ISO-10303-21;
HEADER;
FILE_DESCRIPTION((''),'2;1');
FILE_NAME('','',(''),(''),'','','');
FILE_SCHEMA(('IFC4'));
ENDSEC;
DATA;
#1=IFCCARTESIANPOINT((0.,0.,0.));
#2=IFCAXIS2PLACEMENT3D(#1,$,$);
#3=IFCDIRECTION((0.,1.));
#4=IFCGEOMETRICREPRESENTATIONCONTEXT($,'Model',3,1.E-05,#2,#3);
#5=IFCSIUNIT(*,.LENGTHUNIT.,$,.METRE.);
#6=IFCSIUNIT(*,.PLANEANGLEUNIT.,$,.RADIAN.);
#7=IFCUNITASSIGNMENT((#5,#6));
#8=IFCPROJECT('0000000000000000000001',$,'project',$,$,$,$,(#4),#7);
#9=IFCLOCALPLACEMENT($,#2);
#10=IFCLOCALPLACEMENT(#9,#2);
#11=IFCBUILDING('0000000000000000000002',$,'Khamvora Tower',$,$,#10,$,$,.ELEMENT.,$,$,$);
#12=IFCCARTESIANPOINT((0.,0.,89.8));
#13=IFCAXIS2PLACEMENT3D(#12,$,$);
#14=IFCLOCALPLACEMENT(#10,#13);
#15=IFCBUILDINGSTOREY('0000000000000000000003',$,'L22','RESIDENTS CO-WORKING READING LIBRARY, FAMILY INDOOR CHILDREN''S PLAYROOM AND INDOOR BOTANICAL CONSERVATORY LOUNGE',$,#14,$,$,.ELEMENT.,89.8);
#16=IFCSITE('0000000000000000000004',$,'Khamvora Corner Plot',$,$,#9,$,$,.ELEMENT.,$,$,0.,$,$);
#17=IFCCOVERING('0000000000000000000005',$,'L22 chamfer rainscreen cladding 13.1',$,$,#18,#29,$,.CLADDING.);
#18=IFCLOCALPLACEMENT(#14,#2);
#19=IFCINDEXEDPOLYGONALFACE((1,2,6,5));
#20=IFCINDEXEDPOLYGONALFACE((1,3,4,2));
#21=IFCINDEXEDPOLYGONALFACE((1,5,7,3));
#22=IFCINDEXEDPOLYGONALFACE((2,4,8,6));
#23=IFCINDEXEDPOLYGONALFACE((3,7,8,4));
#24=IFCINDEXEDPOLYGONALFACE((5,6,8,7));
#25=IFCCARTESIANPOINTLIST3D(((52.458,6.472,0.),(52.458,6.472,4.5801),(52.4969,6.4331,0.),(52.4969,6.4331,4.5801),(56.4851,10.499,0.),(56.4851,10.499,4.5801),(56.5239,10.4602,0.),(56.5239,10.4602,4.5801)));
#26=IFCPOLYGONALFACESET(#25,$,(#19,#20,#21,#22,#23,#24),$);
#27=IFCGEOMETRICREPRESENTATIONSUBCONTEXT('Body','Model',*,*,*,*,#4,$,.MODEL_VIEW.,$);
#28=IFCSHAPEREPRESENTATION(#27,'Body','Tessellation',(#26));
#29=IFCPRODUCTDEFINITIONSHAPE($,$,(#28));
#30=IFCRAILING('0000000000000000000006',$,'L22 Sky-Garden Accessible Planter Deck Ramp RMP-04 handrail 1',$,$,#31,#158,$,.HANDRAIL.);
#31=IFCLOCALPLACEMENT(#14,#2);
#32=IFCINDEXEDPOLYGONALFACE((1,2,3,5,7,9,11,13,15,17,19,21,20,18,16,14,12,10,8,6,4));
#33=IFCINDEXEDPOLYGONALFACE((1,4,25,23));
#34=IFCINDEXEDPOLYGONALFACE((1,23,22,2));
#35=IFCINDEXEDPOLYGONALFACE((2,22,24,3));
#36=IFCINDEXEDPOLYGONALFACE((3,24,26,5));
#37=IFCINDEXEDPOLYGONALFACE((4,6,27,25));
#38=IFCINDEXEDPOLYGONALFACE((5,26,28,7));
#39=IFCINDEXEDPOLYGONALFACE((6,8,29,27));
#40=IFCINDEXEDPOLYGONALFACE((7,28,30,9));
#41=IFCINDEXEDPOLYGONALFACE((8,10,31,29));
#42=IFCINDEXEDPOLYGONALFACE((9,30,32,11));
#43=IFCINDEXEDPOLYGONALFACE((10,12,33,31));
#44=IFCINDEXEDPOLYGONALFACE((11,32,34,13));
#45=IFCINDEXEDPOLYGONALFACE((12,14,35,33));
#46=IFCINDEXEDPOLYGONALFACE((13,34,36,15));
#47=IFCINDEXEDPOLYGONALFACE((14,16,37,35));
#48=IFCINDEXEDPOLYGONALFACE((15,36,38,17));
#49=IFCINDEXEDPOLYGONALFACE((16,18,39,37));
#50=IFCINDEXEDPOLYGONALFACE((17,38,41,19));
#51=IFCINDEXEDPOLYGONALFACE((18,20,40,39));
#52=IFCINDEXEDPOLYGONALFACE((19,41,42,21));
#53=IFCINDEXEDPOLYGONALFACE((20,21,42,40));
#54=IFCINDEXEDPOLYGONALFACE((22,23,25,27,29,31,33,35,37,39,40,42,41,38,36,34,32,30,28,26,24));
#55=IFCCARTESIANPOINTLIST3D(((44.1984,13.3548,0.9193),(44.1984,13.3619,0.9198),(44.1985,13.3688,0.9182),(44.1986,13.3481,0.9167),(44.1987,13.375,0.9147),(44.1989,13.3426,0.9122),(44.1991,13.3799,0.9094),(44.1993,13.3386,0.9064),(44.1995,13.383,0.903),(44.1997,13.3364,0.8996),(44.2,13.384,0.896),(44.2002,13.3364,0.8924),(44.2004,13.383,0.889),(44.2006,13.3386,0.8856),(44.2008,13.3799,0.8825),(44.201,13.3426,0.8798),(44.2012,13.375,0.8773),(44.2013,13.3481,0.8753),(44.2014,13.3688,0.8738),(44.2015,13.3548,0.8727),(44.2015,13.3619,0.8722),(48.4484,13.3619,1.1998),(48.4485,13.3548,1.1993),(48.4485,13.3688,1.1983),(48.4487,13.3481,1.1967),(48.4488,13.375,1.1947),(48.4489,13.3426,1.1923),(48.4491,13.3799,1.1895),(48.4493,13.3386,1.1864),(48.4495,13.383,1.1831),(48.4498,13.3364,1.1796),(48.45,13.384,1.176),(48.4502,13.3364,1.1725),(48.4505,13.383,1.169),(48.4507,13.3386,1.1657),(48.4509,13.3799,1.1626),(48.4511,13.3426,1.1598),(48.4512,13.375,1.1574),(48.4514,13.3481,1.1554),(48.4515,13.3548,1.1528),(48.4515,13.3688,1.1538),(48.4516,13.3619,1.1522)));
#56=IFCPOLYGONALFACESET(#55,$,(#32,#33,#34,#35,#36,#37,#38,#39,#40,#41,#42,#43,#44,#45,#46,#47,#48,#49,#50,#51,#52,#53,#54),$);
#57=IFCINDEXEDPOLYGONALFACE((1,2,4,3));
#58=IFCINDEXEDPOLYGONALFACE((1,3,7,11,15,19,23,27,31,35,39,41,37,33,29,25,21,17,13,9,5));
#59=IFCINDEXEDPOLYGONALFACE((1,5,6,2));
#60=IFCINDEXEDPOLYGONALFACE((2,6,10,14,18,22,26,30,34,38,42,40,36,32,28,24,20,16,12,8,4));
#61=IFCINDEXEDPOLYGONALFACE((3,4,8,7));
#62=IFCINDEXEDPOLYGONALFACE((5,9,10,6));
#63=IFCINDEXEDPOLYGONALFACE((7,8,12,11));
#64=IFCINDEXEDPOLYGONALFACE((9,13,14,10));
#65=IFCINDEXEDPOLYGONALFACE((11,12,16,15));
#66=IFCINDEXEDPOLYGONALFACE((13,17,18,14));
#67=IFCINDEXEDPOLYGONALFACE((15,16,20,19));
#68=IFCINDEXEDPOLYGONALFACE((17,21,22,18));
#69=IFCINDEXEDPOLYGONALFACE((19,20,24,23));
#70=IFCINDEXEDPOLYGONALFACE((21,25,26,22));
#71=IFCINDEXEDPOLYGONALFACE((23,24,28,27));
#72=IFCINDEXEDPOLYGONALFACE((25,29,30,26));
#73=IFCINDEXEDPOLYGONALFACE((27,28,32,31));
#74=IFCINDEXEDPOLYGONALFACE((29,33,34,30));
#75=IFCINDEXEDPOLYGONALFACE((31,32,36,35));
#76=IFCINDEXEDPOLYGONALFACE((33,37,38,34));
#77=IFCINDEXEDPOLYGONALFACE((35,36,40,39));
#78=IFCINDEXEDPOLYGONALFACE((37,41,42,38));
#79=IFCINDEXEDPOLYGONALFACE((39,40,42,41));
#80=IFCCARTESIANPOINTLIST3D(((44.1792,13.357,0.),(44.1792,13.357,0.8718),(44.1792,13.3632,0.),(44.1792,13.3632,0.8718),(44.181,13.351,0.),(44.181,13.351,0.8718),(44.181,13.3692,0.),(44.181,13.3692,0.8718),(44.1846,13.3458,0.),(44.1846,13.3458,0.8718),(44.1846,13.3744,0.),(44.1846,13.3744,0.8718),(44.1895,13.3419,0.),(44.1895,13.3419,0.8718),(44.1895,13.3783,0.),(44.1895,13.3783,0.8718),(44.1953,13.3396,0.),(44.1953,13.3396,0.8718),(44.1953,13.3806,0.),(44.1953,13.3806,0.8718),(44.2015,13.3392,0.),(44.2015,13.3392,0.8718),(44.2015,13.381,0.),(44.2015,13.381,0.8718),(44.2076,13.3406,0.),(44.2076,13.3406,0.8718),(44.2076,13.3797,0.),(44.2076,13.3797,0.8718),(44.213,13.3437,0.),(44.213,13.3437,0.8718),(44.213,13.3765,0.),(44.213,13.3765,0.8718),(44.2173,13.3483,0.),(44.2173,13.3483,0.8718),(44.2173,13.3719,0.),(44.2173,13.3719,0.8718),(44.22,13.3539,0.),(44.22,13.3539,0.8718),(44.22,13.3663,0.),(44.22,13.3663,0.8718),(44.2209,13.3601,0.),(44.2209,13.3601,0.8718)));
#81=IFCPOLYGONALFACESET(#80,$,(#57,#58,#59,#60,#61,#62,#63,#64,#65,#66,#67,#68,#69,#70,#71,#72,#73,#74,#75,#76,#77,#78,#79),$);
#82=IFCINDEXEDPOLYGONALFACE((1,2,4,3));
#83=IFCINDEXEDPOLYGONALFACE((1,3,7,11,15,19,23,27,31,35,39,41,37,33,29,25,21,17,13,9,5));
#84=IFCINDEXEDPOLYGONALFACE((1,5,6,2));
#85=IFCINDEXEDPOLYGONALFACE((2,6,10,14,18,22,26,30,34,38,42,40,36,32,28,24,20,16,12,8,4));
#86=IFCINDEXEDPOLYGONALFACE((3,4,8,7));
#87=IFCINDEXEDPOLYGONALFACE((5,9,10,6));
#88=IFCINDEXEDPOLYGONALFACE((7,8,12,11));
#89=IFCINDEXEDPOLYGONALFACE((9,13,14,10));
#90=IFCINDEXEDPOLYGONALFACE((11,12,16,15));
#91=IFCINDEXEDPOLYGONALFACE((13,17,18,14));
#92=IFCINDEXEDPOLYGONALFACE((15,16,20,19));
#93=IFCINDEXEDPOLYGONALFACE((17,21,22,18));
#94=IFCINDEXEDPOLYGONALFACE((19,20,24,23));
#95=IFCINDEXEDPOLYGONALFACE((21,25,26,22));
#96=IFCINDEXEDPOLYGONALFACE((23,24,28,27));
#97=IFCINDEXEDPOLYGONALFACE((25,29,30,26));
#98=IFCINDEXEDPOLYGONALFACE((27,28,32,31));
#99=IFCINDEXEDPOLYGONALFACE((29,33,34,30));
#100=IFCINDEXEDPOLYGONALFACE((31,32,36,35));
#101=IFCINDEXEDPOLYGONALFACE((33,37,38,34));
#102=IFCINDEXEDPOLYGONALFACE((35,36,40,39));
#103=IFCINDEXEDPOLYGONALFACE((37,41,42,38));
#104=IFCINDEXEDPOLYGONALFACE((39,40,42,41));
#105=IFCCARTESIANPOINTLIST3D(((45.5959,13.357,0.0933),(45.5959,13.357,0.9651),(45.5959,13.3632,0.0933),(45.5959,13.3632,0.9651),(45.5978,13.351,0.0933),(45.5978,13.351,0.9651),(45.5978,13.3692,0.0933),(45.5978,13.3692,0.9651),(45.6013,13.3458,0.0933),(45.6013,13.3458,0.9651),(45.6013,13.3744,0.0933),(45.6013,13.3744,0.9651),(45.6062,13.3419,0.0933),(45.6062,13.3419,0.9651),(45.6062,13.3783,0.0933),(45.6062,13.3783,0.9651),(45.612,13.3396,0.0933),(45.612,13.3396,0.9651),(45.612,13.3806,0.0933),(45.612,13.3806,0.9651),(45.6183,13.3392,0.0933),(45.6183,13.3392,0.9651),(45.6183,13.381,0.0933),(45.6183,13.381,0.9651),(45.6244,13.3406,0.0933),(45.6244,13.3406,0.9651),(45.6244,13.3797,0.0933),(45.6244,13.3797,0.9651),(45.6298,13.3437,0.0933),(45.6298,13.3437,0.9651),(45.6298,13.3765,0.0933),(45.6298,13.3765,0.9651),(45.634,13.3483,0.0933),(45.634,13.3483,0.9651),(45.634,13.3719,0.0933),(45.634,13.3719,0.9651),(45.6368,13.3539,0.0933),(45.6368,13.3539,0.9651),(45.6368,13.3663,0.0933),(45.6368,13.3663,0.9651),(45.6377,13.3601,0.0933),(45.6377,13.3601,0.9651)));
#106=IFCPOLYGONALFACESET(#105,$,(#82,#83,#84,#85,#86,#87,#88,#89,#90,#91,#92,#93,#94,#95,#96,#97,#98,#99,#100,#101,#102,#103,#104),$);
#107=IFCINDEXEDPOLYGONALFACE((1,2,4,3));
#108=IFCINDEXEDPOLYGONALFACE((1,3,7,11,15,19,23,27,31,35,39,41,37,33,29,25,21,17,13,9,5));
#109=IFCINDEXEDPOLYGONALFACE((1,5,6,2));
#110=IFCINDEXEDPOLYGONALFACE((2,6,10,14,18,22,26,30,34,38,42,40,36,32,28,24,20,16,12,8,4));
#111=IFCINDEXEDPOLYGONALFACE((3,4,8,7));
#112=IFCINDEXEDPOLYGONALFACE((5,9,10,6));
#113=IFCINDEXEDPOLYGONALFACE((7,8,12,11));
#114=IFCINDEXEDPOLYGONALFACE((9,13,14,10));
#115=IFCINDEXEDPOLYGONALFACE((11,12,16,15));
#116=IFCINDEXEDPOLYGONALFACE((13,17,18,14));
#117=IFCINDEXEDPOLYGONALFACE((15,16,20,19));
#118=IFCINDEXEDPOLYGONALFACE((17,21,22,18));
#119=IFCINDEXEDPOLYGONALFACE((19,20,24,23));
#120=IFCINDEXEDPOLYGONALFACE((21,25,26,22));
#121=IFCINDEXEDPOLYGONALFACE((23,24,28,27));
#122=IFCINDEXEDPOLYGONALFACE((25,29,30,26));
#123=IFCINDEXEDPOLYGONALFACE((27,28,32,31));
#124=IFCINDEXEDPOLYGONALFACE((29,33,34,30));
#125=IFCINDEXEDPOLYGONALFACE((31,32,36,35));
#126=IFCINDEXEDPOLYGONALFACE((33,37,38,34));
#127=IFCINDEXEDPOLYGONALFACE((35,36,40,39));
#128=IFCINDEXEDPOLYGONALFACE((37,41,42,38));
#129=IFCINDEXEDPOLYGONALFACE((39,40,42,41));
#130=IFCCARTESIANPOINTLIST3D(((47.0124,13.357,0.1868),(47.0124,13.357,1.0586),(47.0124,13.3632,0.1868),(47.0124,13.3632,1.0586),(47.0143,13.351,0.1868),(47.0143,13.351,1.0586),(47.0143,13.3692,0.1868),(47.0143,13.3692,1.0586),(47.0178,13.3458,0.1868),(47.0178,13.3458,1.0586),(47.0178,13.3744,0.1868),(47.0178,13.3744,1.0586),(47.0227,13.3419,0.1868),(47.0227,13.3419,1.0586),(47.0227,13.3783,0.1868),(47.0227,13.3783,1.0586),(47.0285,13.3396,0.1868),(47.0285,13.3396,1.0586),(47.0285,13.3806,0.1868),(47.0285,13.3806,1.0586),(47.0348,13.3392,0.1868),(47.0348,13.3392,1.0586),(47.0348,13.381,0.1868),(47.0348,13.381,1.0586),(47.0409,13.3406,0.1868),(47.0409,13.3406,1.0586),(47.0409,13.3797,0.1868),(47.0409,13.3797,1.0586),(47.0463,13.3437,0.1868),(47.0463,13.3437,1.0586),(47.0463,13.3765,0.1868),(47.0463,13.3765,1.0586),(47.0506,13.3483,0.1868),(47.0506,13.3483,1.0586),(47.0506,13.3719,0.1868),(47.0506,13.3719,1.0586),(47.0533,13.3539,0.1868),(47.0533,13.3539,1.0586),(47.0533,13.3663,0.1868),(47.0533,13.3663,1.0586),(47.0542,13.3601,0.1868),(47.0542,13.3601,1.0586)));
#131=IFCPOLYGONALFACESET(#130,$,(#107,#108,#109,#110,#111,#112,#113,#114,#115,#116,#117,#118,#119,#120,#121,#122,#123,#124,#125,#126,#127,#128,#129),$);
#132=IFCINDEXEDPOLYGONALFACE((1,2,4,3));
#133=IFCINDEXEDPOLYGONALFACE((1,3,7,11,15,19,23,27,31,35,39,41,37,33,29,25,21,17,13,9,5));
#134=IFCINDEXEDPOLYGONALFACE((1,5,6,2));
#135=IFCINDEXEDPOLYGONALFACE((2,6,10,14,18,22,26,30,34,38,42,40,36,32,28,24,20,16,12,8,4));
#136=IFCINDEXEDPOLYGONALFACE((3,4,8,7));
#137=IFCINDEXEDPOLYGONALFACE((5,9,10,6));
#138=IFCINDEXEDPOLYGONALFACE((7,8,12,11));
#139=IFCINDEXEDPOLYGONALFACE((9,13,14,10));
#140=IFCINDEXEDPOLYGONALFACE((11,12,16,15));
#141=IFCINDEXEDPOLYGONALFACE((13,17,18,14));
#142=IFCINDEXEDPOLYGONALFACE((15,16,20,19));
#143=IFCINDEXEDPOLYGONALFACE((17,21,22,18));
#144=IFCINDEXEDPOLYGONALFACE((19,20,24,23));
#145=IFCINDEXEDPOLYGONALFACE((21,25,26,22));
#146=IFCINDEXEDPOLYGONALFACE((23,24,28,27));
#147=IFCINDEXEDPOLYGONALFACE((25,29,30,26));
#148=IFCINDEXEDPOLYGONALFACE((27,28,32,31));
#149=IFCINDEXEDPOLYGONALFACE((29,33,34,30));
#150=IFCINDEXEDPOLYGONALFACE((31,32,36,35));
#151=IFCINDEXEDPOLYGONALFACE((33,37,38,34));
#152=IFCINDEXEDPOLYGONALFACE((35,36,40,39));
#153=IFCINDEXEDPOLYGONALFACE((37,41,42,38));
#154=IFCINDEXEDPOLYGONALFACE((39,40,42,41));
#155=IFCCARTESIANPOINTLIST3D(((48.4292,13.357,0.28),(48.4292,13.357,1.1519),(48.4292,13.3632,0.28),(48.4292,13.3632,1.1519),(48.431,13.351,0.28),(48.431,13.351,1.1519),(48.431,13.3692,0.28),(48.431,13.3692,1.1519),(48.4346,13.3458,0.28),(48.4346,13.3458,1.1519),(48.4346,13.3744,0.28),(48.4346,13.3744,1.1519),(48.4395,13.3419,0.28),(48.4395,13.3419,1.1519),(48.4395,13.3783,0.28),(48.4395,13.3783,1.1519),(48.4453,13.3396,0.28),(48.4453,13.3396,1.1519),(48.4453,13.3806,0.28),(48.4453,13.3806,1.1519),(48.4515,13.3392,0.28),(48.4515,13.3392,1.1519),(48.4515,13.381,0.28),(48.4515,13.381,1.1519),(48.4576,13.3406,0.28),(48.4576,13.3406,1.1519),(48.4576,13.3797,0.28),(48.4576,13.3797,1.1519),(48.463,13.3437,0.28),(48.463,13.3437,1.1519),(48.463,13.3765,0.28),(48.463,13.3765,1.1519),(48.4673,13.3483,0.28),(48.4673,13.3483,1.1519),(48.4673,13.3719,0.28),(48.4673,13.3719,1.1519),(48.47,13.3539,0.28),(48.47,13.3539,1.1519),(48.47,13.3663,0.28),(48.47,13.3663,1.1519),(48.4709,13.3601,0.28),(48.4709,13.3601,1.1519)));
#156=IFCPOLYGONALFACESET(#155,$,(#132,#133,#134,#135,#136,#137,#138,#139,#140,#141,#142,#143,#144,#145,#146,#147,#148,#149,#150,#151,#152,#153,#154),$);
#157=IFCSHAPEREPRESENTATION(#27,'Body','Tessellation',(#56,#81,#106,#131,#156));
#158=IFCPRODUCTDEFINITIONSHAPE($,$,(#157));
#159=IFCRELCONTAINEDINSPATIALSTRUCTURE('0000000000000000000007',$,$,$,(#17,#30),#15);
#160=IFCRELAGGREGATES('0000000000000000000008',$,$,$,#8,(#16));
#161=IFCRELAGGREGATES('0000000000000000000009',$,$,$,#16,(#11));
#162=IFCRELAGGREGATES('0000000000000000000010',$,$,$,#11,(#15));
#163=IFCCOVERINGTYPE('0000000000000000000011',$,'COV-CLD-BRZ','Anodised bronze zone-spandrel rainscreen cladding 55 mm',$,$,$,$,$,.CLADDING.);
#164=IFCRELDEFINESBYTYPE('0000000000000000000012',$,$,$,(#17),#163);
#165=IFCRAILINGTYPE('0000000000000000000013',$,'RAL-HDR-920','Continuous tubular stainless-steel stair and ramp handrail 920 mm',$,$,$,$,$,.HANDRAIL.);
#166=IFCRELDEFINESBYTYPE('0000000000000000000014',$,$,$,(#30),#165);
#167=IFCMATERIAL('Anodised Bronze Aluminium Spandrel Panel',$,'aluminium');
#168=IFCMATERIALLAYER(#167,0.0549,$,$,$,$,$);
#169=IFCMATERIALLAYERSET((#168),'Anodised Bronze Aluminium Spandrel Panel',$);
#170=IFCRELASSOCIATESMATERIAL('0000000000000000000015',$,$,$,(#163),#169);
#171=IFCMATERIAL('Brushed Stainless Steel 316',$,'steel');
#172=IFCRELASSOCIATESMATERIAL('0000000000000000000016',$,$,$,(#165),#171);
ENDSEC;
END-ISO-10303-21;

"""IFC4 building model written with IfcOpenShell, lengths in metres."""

from ifc_helpers import new_model, si_unit, direction, frame, origin, origin_2d, place, context, subcontext, project, spatial, rectangle, circle, extrude, material, layer, layer_set, type_object, element, save


model = new_model("IFC4")

# Units and contexts
model_context = context("Model", 3, precision=1e-05, world=origin(), true_north=direction((0.0, 1.0)))
body_context = subcontext(model_context, "Body", "Model", "MODEL_VIEW")
ifc_project = project(units=[si_unit("LENGTHUNIT", "METRE"), si_unit("PLANEANGLEUNIT", "RADIAN")], contexts=[model_context])

# Site, building, storey
site_placement = place(None, origin())
site = spatial("IfcSite", under=ifc_project, at=site_placement, Name="Khamvora Corner Plot", CompositionType="ELEMENT", RefElevation=0.0)
building_placement = place(site_placement, origin())
building = spatial("IfcBuilding", under=site, at=building_placement, Name="Khamvora Tower", CompositionType="ELEMENT")
storey_placement = place(building_placement, frame((0.0, 0.0, 89.8)))
storey = spatial("IfcBuildingStorey", under=building, at=storey_placement, Name="L22", Description="RESIDENTS CO-WORKING READING LIBRARY, FAMILY INDOOR CHILDREN'S PLAYROOM AND INDOOR BOTANICAL CONSERVATORY LOUNGE", CompositionType="ELEMENT", Elevation=89.8)

# Covering
ifc_material_1 = material(Name="Anodised Bronze Aluminium Spandrel Panel", Category="aluminium")
ifc_layer_1 = layer(ifc_material_1, 0.0549)
ifc_layer_set_1 = layer_set([ifc_layer_1], Name="Anodised Bronze Aluminium Spandrel Panel")
covering_type = type_object("IfcCoveringType", Name="COV-CLD-BRZ", Description="Anodised bronze zone-spandrel rainscreen cladding 55 mm", PredefinedType="CLADDING", material=ifc_layer_set_1)
covering_placement = place(storey_placement, frame((54.491, 8.4661, 0.0), z_axis=(0.0, 0.0, 1.0), x_axis=(-0.707107, -0.707107, 0.0)))
element("IfcCovering", 1, at=covering_placement, inside=storey, type_object=covering_type, Name="L22 chamfer rainscreen cladding 13.1", PredefinedType="CLADDING", context=body_context, shape_type="SweptSolid", body=[
    extrude(rectangle(XDim=5.6951, YDim=0.0549, at=origin_2d()), origin(), (0.0, 0.0, 1.0), 4.5801),
])

# Railing
ifc_material_2 = material(Name="Brushed Stainless Steel 316", Category="steel")
railing_type_1 = type_object("IfcRailingType", Name="RAL-HDR-920", Description="Continuous tubular stainless-steel stair and ramp handrail 920 mm", PredefinedType="HANDRAIL", material=ifc_material_2)
for number, where, name in (
    (2, (44.2, 13.3601, 0.0), "L22 Sky-Garden Accessible Planter Deck Ramp RMP-04 handrail 1"),
):
    element("IfcRailing", number, at=place(storey_placement, frame(where)), inside=storey, type_object=railing_type_1, Name=name, PredefinedType="HANDRAIL", context=body_context, shape_type="SweptSolid", body=[
        extrude(circle(Radius=0.0239, at=origin_2d()), frame((0.0, 0.0, 0.896), z_axis=(0.997836, 0.0, 0.065747), x_axis=(0.0, 1.0, 0.0)), (0.0, 0.0, 1.0), 4.2593),
        extrude(circle(Radius=0.021, at=origin_2d()), origin(), (0.0, 0.0, 1.0), 0.8718),
        extrude(circle(Radius=0.021, at=origin_2d()), frame((1.4167, 0.0, 0.0933)), (0.0, 0.0, 1.0), 0.8718),
        extrude(circle(Radius=0.021, at=origin_2d()), frame((2.8333, 0.0, 0.1868)), (0.0, 0.0, 1.0), 0.8718),
        extrude(circle(Radius=0.021, at=origin_2d()), frame((4.25, 0.0, 0.28)), (0.0, 0.0, 1.0), 0.8718),
    ])

save(model, "model.ifc")
